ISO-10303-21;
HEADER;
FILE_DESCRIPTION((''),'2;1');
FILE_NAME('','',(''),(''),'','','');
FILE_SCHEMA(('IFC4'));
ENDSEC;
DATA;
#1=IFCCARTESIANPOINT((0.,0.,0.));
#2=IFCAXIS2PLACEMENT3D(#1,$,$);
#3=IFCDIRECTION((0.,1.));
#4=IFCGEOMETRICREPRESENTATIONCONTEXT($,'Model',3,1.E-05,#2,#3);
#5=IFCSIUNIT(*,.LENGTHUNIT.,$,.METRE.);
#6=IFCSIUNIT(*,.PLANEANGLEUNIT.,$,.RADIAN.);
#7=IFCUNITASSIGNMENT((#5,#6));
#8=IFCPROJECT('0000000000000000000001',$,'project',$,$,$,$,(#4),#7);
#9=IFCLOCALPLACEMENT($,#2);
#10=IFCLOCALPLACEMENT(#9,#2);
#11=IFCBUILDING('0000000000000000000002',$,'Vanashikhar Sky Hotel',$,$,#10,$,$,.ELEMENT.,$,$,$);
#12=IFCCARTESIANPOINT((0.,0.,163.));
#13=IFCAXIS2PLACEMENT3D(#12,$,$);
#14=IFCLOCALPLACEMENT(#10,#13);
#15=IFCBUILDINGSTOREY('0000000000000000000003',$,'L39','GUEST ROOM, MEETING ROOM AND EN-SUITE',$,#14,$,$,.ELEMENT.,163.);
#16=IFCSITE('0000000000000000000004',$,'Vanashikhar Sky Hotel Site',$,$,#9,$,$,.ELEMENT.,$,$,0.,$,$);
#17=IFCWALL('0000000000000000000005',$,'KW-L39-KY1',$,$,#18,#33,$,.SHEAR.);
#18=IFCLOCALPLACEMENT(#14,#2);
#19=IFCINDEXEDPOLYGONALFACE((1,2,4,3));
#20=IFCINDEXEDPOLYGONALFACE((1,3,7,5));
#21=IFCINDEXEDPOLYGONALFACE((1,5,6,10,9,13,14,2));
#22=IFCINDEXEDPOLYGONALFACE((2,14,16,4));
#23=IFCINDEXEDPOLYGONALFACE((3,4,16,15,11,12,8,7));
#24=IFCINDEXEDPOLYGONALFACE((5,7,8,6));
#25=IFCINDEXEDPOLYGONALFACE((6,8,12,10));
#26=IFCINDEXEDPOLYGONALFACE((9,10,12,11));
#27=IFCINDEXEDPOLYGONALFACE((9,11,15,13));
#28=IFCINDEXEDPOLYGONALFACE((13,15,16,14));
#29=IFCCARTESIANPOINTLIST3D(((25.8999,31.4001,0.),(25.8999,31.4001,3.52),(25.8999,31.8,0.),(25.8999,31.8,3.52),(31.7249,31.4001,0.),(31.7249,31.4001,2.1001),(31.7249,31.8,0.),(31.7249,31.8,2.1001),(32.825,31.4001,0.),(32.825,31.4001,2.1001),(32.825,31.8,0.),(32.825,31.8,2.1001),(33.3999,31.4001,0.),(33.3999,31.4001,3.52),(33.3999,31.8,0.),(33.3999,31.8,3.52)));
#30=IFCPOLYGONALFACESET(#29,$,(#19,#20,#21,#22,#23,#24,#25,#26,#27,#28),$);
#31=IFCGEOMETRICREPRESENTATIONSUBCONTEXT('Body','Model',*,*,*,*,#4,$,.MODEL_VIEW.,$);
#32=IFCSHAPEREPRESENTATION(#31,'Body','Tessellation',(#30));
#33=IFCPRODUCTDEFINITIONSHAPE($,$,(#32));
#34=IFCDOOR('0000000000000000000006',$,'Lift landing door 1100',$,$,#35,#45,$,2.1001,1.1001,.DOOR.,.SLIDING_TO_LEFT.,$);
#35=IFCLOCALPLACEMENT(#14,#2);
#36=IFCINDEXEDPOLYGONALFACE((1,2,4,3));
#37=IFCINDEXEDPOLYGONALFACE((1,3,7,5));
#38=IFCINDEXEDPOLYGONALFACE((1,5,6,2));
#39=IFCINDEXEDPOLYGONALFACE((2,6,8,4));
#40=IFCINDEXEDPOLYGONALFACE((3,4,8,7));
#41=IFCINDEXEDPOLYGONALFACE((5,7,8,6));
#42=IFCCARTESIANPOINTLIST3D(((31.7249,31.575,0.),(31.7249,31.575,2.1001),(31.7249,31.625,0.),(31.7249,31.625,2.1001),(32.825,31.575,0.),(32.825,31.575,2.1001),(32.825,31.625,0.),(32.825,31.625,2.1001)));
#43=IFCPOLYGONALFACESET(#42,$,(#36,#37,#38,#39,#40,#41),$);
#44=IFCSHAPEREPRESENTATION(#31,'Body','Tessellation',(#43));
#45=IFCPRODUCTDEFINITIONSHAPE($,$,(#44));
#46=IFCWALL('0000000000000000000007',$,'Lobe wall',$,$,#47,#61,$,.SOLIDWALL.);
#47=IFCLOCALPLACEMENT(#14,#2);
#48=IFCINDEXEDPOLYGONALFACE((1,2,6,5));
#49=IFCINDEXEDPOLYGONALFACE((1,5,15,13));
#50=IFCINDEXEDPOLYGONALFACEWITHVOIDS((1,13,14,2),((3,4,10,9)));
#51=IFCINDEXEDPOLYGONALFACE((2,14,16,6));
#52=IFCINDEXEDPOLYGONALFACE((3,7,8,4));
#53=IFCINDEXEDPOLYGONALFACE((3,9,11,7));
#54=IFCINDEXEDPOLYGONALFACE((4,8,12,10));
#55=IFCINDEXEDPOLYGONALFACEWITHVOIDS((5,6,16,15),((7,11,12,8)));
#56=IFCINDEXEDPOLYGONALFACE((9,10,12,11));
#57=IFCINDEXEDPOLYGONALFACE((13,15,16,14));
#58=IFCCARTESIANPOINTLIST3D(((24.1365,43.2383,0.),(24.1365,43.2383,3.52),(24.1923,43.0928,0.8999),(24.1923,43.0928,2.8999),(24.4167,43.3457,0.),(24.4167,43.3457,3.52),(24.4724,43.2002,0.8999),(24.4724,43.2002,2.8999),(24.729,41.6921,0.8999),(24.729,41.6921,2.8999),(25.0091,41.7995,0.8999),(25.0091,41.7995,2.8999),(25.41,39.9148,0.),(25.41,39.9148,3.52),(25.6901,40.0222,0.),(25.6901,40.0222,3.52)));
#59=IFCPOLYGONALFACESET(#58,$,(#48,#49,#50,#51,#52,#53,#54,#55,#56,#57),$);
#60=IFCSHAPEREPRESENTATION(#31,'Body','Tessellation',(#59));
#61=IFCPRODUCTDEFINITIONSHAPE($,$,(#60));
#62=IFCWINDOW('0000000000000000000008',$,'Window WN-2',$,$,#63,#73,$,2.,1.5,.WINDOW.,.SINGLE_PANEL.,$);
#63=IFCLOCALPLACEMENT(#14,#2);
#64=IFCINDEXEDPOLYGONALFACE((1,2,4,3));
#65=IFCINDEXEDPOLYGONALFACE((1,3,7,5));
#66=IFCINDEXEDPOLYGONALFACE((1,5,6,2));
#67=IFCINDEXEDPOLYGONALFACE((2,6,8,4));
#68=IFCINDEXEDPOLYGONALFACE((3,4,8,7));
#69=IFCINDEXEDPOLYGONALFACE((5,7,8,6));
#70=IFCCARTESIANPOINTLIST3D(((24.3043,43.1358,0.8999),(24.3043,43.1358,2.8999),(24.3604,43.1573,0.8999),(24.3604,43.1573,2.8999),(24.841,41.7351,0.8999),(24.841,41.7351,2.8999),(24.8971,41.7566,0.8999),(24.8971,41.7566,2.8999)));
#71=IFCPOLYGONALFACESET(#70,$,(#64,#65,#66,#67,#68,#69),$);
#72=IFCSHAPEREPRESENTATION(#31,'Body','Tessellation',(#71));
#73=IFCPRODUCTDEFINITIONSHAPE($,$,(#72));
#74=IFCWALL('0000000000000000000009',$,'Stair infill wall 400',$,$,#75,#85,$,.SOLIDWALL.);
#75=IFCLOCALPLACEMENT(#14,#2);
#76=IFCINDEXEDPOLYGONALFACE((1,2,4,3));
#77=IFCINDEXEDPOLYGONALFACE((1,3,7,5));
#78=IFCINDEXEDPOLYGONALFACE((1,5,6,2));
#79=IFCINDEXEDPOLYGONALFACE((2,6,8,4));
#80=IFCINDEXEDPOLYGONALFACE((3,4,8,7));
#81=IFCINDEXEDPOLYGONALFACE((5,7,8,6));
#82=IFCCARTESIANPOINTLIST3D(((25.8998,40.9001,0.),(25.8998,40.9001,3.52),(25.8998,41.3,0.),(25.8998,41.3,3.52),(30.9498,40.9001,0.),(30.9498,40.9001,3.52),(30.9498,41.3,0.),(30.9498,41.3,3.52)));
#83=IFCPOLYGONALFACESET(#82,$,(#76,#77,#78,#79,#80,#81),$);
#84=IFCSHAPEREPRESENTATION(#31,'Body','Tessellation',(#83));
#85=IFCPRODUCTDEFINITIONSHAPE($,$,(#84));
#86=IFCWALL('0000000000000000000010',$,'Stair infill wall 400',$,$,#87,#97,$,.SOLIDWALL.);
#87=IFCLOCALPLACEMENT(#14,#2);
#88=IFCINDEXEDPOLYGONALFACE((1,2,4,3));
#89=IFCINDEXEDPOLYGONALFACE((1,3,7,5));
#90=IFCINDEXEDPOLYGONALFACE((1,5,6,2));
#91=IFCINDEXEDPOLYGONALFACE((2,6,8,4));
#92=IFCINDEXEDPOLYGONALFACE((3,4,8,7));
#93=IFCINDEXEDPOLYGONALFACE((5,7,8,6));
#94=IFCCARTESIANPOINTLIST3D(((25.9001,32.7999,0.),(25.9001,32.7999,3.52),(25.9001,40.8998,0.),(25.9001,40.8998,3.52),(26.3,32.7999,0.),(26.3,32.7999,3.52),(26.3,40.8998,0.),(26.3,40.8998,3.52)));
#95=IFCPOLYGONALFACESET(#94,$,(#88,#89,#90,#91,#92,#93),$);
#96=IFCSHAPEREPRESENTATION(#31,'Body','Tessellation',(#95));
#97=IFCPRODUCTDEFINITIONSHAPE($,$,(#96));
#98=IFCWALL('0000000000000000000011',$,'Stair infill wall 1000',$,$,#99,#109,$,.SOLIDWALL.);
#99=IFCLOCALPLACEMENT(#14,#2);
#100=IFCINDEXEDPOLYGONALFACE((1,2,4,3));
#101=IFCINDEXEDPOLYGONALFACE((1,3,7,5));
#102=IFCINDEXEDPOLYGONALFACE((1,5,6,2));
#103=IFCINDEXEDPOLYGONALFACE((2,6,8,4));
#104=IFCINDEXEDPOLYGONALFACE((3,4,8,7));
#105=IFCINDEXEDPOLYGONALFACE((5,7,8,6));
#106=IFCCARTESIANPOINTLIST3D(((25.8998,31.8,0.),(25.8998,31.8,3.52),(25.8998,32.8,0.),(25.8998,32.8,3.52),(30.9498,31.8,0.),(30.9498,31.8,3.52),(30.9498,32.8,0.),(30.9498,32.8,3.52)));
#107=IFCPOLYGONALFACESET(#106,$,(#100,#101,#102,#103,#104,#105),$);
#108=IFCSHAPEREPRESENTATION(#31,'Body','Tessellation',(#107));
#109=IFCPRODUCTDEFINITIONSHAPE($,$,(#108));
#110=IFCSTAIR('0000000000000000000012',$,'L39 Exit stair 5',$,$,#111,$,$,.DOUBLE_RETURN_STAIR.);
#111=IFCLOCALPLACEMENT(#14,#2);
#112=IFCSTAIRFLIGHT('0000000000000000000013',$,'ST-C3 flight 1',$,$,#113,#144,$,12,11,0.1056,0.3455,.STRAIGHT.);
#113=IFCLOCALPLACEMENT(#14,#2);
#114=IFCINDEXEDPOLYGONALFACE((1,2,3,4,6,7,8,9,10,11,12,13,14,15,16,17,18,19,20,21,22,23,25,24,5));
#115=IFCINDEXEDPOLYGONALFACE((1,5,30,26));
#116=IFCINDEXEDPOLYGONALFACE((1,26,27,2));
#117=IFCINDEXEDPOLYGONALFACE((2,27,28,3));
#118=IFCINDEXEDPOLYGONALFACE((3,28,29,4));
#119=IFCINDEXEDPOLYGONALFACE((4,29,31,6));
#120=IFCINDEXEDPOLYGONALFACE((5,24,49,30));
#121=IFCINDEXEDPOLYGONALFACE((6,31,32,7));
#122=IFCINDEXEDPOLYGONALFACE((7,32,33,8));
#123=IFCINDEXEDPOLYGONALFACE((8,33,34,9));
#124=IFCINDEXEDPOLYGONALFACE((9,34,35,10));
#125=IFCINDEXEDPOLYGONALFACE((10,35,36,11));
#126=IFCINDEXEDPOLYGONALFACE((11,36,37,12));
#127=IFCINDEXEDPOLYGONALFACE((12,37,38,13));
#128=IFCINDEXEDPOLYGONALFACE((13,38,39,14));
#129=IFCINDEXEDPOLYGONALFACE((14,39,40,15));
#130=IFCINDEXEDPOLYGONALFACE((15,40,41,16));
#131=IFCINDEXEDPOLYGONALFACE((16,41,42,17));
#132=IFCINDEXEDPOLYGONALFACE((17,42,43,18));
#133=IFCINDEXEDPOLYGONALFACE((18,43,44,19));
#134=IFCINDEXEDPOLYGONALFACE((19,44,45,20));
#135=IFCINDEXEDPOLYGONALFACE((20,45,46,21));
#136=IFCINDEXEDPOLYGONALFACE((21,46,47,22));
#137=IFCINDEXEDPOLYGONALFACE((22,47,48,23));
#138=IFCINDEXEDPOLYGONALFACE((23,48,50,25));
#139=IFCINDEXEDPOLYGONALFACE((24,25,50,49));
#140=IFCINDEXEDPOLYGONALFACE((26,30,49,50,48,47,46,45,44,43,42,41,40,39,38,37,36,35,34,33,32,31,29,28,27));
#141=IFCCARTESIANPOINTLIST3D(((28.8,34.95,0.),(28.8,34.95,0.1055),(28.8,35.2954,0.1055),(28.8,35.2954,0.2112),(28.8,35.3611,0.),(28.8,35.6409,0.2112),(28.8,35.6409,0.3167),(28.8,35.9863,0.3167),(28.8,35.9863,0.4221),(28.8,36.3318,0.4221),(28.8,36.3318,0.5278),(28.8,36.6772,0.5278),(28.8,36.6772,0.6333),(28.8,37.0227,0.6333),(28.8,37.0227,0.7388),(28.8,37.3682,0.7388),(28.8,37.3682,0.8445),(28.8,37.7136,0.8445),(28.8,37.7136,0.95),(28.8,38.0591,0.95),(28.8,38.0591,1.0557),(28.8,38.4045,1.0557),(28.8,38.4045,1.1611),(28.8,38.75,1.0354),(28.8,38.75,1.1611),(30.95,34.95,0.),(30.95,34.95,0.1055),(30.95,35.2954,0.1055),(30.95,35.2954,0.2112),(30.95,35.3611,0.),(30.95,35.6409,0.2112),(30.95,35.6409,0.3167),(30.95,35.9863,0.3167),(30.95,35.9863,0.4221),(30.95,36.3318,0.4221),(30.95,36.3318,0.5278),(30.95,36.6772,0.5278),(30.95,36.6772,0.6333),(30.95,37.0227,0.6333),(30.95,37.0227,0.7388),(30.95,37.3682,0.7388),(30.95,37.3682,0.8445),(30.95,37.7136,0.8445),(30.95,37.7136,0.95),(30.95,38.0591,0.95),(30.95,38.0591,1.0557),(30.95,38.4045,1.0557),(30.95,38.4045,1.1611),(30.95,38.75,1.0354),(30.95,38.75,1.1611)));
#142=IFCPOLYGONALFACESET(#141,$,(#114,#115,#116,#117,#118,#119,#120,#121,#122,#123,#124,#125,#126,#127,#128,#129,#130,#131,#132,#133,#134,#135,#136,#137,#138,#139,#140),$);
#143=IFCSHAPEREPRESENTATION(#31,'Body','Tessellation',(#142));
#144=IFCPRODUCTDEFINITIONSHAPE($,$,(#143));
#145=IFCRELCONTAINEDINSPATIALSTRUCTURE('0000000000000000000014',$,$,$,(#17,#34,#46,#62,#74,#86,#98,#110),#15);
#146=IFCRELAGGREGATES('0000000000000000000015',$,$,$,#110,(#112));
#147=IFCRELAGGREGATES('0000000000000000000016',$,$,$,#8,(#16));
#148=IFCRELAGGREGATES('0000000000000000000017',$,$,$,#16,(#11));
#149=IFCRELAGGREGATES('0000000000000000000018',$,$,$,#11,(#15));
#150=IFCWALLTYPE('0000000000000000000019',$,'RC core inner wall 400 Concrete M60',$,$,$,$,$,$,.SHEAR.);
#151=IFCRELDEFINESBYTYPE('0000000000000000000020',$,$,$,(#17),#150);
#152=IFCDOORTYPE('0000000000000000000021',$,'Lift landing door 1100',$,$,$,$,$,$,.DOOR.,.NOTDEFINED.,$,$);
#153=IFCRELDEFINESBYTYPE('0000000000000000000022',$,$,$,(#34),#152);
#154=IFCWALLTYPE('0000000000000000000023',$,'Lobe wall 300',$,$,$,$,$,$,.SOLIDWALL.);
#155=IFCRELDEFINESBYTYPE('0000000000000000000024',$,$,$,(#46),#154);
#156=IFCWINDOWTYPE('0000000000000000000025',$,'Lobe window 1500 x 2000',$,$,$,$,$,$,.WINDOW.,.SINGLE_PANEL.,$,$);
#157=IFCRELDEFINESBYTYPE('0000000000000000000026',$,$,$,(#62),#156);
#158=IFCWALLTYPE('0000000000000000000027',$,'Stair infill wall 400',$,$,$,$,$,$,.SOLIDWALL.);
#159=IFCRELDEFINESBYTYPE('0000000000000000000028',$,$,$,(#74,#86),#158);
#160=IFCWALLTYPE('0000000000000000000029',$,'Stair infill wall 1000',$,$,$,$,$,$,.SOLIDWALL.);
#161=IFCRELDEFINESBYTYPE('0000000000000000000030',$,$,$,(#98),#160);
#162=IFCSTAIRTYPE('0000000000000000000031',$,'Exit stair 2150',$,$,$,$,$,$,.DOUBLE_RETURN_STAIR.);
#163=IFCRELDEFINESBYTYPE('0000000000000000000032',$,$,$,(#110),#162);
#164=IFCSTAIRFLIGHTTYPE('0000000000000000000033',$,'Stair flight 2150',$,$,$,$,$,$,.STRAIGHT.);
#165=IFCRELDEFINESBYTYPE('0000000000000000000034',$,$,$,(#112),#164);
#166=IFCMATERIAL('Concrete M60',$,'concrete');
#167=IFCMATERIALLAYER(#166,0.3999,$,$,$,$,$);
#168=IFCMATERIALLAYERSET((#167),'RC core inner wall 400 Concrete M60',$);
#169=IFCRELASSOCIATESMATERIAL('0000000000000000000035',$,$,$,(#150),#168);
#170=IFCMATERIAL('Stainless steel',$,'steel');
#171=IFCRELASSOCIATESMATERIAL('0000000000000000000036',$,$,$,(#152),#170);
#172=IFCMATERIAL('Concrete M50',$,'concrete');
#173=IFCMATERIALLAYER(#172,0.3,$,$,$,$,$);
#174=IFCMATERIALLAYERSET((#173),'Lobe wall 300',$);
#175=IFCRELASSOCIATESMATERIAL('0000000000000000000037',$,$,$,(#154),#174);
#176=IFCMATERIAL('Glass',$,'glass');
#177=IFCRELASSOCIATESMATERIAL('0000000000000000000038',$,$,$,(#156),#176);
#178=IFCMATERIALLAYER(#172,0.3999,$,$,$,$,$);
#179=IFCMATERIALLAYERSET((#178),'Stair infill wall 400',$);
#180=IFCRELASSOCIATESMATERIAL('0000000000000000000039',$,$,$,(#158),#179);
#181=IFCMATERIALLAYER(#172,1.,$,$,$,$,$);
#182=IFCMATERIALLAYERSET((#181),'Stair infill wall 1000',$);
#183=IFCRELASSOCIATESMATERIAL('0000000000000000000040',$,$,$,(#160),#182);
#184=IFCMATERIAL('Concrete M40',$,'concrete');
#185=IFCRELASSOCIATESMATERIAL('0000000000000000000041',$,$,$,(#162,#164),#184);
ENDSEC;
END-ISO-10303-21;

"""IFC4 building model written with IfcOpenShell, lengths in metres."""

from ifc_helpers import new_model, si_unit, direction, frame, frame_2d, origin, place, context, subcontext, project, spatial, polyline, rectangle, outline, extrude, source, transform, mapped, material, layer, layer_set, type_object, element, fill, aggregate, save


model = new_model("IFC4")

# Units and contexts
model_context = context("Model", 3, precision=1e-05, world=origin(), true_north=direction((0.0, 1.0)))
body_context = subcontext(model_context, "Body", "Model", "MODEL_VIEW")
ifc_project = project(units=[si_unit("LENGTHUNIT", "METRE"), si_unit("PLANEANGLEUNIT", "RADIAN")], contexts=[model_context])

# Site, building, storey
site_placement = place(None, origin())
site = spatial("IfcSite", under=ifc_project, at=site_placement, Name="Vanashikhar Sky Hotel Site", CompositionType="ELEMENT", RefElevation=0.0)
building_placement = place(site_placement, origin())
building = spatial("IfcBuilding", under=site, at=building_placement, Name="Vanashikhar Sky Hotel", CompositionType="ELEMENT")
storey_placement = place(building_placement, frame((0.0, 0.0, 163.0)))
storey = spatial("IfcBuildingStorey", under=building, at=storey_placement, Name="L39", Description="GUEST ROOM, MEETING ROOM AND EN-SUITE", CompositionType="ELEMENT", Elevation=163.0)

# Wall, opening, door
ifc_material_1 = material(Name="Concrete M60", Category="concrete")
ifc_layer_1 = layer(ifc_material_1, 0.3999)
ifc_layer_set_1 = layer_set([ifc_layer_1], Name="RC core inner wall 400 Concrete M60")
wall_type_1 = type_object("IfcWallType", Name="RC core inner wall 400 Concrete M60", PredefinedType="SHEAR", material=ifc_layer_set_1)
shared_shape_1 = source(origin(), body_context, "Body", "SweptSolid", [
    extrude(rectangle(XDim=7.5, YDim=0.3999, at=frame_2d((3.75, 0.0))), origin(), (0.0, 0.0, 1.0), 3.52),
])
wall_1_placement = place(storey_placement, frame((25.8999, 31.6001, 0.0), z_axis=(0.0, 0.0, 1.0), x_axis=(1.0, 0.0, 0.0)))
wall_1 = element("IfcWall", 1, at=wall_1_placement, inside=storey, type_object=wall_type_1, Name="KW-L39-KY1", PredefinedType="SHEAR", context=body_context, shape_type="MappedRepresentation", body=[
    mapped(shared_shape_1, transform((0.0, 0.0, 0.0), scale=1.0)),
])
shared_shape_2 = source(origin(), body_context, "Body", "SweptSolid", [
    extrude(rectangle(XDim=1.1001, YDim=2.1001, at=frame_2d((0.55, 1.05))), frame((0.0, 0.21, 0.0), z_axis=(0.0, -1.0, 0.0), x_axis=(1.0, 0.0, 0.0)), (0.0, 0.0, 1.0), 0.4199),
])
opening_1_placement = place(wall_1_placement, frame((5.825, 0.0, 0.0)))
opening_1 = element("IfcOpeningElement", 2, at=opening_1_placement, cuts=wall_1, PredefinedType="OPENING", context=body_context, shape_type="MappedRepresentation", body=[
    mapped(shared_shape_2, transform((0.0, 0.0, 0.0), scale=1.0)),
])
ifc_material_2 = material(Name="Stainless steel", Category="steel")
door_type = type_object("IfcDoorType", Name="Lift landing door 1100", OperationType="NOTDEFINED", PredefinedType="DOOR", material=ifc_material_2)
shared_shape_3 = source(origin(), body_context, "Body", "SweptSolid", [
    extrude(rectangle(XDim=1.1001, YDim=2.1001, at=frame_2d((0.55, 1.05))), frame((0.0, 0.0249, 0.0), z_axis=(0.0, -1.0, 0.0), x_axis=(1.0, 0.0, 0.0)), (0.0, 0.0, 1.0), 0.05),
])
door_placement = place(opening_1_placement, origin())
door = element("IfcDoor", 3, at=door_placement, inside=storey, type_object=door_type, Name="Lift landing door 1100", OperationType="SLIDING_TO_LEFT", OverallHeight=2.1001, OverallWidth=1.1001, PredefinedType="DOOR", context=body_context, shape_type="MappedRepresentation", body=[
    mapped(shared_shape_3, transform((0.0, 0.0, 0.0), scale=1.0)),
])
fill(opening_1, door)

# Wall, opening, window
ifc_material_3 = material(Name="Concrete M50", Category="concrete")
ifc_layer_2 = layer(ifc_material_3, 0.3)
ifc_layer_set_2 = layer_set([ifc_layer_2], Name="Lobe wall 300")
wall_type_2 = type_object("IfcWallType", Name="Lobe wall 300", PredefinedType="SOLIDWALL", material=ifc_layer_set_2)
shared_shape_4 = source(origin(), body_context, "Body", "SweptSolid", [
    extrude(rectangle(XDim=3.5591, YDim=0.3, at=frame_2d((1.7795, 0.0))), origin(), (0.0, 0.0, 1.0), 3.52),
])
wall_2_placement = place(storey_placement, frame((25.55, 39.9685, 0.0), z_axis=(0.0, 0.0, 1.0), x_axis=(-0.357797, 0.933799, 0.0)))
wall_2 = element("IfcWall", 4, at=wall_2_placement, inside=storey, type_object=wall_type_2, Name="Lobe wall", PredefinedType="SOLIDWALL", context=body_context, shape_type="MappedRepresentation", body=[
    mapped(shared_shape_4, transform((0.0, 0.0, 0.0), scale=1.0)),
])
shared_shape_5 = source(origin(), body_context, "Body", "SweptSolid", [
    extrude(rectangle(XDim=1.5, YDim=2.0, at=frame_2d((0.75, 1.0))), frame((0.0, 0.1602, 0.0), z_axis=(0.0, -1.0, 0.0), x_axis=(1.0, 0.0, 0.0)), (0.0, 0.0, 1.0), 0.3201),
])
opening_2_placement = place(wall_2_placement, frame((1.9033, 0.0, 0.8999)))
opening_2 = element("IfcOpeningElement", 5, at=opening_2_placement, cuts=wall_2, PredefinedType="OPENING", context=body_context, shape_type="MappedRepresentation", body=[
    mapped(shared_shape_5, transform((0.0, 0.0, 0.0), scale=1.0)),
])
ifc_material_4 = material(Name="Glass", Category="glass")
window_type = type_object("IfcWindowType", Name="Lobe window 1500 x 2000", PartitioningType="SINGLE_PANEL", PredefinedType="WINDOW", material=ifc_material_4)
shared_shape_6 = source(origin(), body_context, "Body", "SweptSolid", [
    extrude(rectangle(XDim=1.5, YDim=2.0, at=frame_2d((0.75, 1.0))), frame((0.0, 0.03, 0.0), z_axis=(0.0, -1.0, 0.0), x_axis=(1.0, 0.0, 0.0)), (0.0, 0.0, 1.0), 0.0601),
])
window_placement = place(opening_2_placement, origin())
window = element("IfcWindow", 6, at=window_placement, inside=storey, type_object=window_type, Name="Window WN-2", OverallHeight=2.0, OverallWidth=1.5, PartitioningType="SINGLE_PANEL", PredefinedType="WINDOW", context=body_context, shape_type="MappedRepresentation", body=[
    mapped(shared_shape_6, transform((0.0, 0.0, 0.0), scale=1.0)),
])
fill(opening_2, window)

# Walls
ifc_layer_3 = layer(ifc_material_3, 0.3999)
ifc_layer_set_3 = layer_set([ifc_layer_3], Name="Stair infill wall 400")
wall_type_3 = type_object("IfcWallType", Name="Stair infill wall 400", PredefinedType="SOLIDWALL", material=ifc_layer_set_3)
shared_shape_7 = source(origin(), body_context, "Body", "SweptSolid", [
    extrude(rectangle(XDim=5.05, YDim=0.3999, at=frame_2d((2.5249, 0.0))), origin(), (0.0, 0.0, 1.0), 3.52),
])
wall_3_placement = place(storey_placement, frame((25.8999, 41.1001, 0.0), z_axis=(0.0, 0.0, 1.0), x_axis=(1.0, 0.0, 0.0)))
element("IfcWall", 7, at=wall_3_placement, inside=storey, type_object=wall_type_3, Name="Stair infill wall 400", PredefinedType="SOLIDWALL", context=body_context, shape_type="MappedRepresentation", body=[
    mapped(shared_shape_7, transform((0.0, 0.0, 0.0), scale=1.0)),
])
shared_shape_8 = source(origin(), body_context, "Body", "SweptSolid", [
    extrude(rectangle(XDim=8.0999, YDim=0.3999, at=frame_2d((4.0498, 0.0))), origin(), (0.0, 0.0, 1.0), 3.52),
])
wall_4_placement = place(storey_placement, frame((26.1001, 32.8, 0.0), z_axis=(0.0, 0.0, 1.0), x_axis=(0.0, 1.0, 0.0)))
element("IfcWall", 8, at=wall_4_placement, inside=storey, type_object=wall_type_3, Name="Stair infill wall 400", PredefinedType="SOLIDWALL", context=body_context, shape_type="MappedRepresentation", body=[
    mapped(shared_shape_8, transform((0.0, 0.0, 0.0), scale=1.0)),
])
ifc_layer_4 = layer(ifc_material_3, 1.0)
ifc_layer_set_4 = layer_set([ifc_layer_4], Name="Stair infill wall 1000")
wall_type_4 = type_object("IfcWallType", Name="Stair infill wall 1000", PredefinedType="SOLIDWALL", material=ifc_layer_set_4)
shared_shape_9 = source(origin(), body_context, "Body", "SweptSolid", [
    extrude(rectangle(XDim=5.05, YDim=1.0, at=frame_2d((2.5249, 0.0))), origin(), (0.0, 0.0, 1.0), 3.52),
])
wall_5_placement = place(storey_placement, frame((25.8999, 32.3, 0.0), z_axis=(0.0, 0.0, 1.0), x_axis=(1.0, 0.0, 0.0)))
element("IfcWall", 9, at=wall_5_placement, inside=storey, type_object=wall_type_4, Name="Stair infill wall 1000", PredefinedType="SOLIDWALL", context=body_context, shape_type="MappedRepresentation", body=[
    mapped(shared_shape_9, transform((0.0, 0.0, 0.0), scale=1.0)),
])

# Stair, stair flight
ifc_material_5 = material(Name="Concrete M40", Category="concrete")
stair_type = type_object("IfcStairType", Name="Exit stair 2150", PredefinedType="DOUBLE_RETURN_STAIR", material=ifc_material_5)
stair_placement = place(storey_placement, origin())
stair = element("IfcStair", 10, at=stair_placement, inside=storey, type_object=stair_type, Name="L39 Exit stair 5", PredefinedType="DOUBLE_RETURN_STAIR")
stair_flight_type = type_object("IfcStairFlightType", Name="Stair flight 2150", PredefinedType="STRAIGHT", material=ifc_material_5)
shared_shape_10 = source(origin(), body_context, "Body", "SweptSolid", [
    extrude(outline(polyline([(0.0, 0.0), (0.0, 0.1055), (0.3455, 0.1055), (0.3455, 0.2112), (0.6909, 0.2112), (0.6909, 0.3167), (1.0364, 0.3167), (1.0364, 0.4221), (1.3818, 0.4221), (1.3818, 0.5278), (1.7273, 0.5278), (1.7273, 0.6333), (2.0728, 0.6333), (2.0728, 0.7388), (2.4182, 0.7388), (2.4182, 0.8445), (2.7637, 0.8445), (2.7637, 0.95), (3.1091, 0.95), (3.1091, 1.0557), (3.4546, 1.0557), (3.4546, 1.1611), (3.8, 1.1611), (3.8, 1.2666), (3.8, 1.0354), (0.4111, 0.0), (0.0, 0.0)])), frame((0.0, 1.075, 0.0), z_axis=(0.0, -1.0, 0.0), x_axis=(1.0, 0.0, 0.0)), (0.0, 0.0, 1.0), 2.1499),
])
stair_flight_1_placement = place(storey_placement, frame((29.875, 34.95, 0.0), z_axis=(0.0, 0.0, 1.0), x_axis=(0.0, 1.0, 0.0)))
stair_flight_1 = element("IfcStairFlight", 11, at=stair_flight_1_placement, type_object=stair_flight_type, Name="ST-C3 flight 1", NumberOfRisers=12, NumberOfTreads=11, PredefinedType="STRAIGHT", RiserHeight=0.1056, TreadLength=0.3455, context=body_context, shape_type="MappedRepresentation", body=[
    mapped(shared_shape_10, transform((0.0, 0.0, 0.0), scale=1.0)),
])
aggregate(stair, [stair_flight_1])

save(model, "model.ifc")
